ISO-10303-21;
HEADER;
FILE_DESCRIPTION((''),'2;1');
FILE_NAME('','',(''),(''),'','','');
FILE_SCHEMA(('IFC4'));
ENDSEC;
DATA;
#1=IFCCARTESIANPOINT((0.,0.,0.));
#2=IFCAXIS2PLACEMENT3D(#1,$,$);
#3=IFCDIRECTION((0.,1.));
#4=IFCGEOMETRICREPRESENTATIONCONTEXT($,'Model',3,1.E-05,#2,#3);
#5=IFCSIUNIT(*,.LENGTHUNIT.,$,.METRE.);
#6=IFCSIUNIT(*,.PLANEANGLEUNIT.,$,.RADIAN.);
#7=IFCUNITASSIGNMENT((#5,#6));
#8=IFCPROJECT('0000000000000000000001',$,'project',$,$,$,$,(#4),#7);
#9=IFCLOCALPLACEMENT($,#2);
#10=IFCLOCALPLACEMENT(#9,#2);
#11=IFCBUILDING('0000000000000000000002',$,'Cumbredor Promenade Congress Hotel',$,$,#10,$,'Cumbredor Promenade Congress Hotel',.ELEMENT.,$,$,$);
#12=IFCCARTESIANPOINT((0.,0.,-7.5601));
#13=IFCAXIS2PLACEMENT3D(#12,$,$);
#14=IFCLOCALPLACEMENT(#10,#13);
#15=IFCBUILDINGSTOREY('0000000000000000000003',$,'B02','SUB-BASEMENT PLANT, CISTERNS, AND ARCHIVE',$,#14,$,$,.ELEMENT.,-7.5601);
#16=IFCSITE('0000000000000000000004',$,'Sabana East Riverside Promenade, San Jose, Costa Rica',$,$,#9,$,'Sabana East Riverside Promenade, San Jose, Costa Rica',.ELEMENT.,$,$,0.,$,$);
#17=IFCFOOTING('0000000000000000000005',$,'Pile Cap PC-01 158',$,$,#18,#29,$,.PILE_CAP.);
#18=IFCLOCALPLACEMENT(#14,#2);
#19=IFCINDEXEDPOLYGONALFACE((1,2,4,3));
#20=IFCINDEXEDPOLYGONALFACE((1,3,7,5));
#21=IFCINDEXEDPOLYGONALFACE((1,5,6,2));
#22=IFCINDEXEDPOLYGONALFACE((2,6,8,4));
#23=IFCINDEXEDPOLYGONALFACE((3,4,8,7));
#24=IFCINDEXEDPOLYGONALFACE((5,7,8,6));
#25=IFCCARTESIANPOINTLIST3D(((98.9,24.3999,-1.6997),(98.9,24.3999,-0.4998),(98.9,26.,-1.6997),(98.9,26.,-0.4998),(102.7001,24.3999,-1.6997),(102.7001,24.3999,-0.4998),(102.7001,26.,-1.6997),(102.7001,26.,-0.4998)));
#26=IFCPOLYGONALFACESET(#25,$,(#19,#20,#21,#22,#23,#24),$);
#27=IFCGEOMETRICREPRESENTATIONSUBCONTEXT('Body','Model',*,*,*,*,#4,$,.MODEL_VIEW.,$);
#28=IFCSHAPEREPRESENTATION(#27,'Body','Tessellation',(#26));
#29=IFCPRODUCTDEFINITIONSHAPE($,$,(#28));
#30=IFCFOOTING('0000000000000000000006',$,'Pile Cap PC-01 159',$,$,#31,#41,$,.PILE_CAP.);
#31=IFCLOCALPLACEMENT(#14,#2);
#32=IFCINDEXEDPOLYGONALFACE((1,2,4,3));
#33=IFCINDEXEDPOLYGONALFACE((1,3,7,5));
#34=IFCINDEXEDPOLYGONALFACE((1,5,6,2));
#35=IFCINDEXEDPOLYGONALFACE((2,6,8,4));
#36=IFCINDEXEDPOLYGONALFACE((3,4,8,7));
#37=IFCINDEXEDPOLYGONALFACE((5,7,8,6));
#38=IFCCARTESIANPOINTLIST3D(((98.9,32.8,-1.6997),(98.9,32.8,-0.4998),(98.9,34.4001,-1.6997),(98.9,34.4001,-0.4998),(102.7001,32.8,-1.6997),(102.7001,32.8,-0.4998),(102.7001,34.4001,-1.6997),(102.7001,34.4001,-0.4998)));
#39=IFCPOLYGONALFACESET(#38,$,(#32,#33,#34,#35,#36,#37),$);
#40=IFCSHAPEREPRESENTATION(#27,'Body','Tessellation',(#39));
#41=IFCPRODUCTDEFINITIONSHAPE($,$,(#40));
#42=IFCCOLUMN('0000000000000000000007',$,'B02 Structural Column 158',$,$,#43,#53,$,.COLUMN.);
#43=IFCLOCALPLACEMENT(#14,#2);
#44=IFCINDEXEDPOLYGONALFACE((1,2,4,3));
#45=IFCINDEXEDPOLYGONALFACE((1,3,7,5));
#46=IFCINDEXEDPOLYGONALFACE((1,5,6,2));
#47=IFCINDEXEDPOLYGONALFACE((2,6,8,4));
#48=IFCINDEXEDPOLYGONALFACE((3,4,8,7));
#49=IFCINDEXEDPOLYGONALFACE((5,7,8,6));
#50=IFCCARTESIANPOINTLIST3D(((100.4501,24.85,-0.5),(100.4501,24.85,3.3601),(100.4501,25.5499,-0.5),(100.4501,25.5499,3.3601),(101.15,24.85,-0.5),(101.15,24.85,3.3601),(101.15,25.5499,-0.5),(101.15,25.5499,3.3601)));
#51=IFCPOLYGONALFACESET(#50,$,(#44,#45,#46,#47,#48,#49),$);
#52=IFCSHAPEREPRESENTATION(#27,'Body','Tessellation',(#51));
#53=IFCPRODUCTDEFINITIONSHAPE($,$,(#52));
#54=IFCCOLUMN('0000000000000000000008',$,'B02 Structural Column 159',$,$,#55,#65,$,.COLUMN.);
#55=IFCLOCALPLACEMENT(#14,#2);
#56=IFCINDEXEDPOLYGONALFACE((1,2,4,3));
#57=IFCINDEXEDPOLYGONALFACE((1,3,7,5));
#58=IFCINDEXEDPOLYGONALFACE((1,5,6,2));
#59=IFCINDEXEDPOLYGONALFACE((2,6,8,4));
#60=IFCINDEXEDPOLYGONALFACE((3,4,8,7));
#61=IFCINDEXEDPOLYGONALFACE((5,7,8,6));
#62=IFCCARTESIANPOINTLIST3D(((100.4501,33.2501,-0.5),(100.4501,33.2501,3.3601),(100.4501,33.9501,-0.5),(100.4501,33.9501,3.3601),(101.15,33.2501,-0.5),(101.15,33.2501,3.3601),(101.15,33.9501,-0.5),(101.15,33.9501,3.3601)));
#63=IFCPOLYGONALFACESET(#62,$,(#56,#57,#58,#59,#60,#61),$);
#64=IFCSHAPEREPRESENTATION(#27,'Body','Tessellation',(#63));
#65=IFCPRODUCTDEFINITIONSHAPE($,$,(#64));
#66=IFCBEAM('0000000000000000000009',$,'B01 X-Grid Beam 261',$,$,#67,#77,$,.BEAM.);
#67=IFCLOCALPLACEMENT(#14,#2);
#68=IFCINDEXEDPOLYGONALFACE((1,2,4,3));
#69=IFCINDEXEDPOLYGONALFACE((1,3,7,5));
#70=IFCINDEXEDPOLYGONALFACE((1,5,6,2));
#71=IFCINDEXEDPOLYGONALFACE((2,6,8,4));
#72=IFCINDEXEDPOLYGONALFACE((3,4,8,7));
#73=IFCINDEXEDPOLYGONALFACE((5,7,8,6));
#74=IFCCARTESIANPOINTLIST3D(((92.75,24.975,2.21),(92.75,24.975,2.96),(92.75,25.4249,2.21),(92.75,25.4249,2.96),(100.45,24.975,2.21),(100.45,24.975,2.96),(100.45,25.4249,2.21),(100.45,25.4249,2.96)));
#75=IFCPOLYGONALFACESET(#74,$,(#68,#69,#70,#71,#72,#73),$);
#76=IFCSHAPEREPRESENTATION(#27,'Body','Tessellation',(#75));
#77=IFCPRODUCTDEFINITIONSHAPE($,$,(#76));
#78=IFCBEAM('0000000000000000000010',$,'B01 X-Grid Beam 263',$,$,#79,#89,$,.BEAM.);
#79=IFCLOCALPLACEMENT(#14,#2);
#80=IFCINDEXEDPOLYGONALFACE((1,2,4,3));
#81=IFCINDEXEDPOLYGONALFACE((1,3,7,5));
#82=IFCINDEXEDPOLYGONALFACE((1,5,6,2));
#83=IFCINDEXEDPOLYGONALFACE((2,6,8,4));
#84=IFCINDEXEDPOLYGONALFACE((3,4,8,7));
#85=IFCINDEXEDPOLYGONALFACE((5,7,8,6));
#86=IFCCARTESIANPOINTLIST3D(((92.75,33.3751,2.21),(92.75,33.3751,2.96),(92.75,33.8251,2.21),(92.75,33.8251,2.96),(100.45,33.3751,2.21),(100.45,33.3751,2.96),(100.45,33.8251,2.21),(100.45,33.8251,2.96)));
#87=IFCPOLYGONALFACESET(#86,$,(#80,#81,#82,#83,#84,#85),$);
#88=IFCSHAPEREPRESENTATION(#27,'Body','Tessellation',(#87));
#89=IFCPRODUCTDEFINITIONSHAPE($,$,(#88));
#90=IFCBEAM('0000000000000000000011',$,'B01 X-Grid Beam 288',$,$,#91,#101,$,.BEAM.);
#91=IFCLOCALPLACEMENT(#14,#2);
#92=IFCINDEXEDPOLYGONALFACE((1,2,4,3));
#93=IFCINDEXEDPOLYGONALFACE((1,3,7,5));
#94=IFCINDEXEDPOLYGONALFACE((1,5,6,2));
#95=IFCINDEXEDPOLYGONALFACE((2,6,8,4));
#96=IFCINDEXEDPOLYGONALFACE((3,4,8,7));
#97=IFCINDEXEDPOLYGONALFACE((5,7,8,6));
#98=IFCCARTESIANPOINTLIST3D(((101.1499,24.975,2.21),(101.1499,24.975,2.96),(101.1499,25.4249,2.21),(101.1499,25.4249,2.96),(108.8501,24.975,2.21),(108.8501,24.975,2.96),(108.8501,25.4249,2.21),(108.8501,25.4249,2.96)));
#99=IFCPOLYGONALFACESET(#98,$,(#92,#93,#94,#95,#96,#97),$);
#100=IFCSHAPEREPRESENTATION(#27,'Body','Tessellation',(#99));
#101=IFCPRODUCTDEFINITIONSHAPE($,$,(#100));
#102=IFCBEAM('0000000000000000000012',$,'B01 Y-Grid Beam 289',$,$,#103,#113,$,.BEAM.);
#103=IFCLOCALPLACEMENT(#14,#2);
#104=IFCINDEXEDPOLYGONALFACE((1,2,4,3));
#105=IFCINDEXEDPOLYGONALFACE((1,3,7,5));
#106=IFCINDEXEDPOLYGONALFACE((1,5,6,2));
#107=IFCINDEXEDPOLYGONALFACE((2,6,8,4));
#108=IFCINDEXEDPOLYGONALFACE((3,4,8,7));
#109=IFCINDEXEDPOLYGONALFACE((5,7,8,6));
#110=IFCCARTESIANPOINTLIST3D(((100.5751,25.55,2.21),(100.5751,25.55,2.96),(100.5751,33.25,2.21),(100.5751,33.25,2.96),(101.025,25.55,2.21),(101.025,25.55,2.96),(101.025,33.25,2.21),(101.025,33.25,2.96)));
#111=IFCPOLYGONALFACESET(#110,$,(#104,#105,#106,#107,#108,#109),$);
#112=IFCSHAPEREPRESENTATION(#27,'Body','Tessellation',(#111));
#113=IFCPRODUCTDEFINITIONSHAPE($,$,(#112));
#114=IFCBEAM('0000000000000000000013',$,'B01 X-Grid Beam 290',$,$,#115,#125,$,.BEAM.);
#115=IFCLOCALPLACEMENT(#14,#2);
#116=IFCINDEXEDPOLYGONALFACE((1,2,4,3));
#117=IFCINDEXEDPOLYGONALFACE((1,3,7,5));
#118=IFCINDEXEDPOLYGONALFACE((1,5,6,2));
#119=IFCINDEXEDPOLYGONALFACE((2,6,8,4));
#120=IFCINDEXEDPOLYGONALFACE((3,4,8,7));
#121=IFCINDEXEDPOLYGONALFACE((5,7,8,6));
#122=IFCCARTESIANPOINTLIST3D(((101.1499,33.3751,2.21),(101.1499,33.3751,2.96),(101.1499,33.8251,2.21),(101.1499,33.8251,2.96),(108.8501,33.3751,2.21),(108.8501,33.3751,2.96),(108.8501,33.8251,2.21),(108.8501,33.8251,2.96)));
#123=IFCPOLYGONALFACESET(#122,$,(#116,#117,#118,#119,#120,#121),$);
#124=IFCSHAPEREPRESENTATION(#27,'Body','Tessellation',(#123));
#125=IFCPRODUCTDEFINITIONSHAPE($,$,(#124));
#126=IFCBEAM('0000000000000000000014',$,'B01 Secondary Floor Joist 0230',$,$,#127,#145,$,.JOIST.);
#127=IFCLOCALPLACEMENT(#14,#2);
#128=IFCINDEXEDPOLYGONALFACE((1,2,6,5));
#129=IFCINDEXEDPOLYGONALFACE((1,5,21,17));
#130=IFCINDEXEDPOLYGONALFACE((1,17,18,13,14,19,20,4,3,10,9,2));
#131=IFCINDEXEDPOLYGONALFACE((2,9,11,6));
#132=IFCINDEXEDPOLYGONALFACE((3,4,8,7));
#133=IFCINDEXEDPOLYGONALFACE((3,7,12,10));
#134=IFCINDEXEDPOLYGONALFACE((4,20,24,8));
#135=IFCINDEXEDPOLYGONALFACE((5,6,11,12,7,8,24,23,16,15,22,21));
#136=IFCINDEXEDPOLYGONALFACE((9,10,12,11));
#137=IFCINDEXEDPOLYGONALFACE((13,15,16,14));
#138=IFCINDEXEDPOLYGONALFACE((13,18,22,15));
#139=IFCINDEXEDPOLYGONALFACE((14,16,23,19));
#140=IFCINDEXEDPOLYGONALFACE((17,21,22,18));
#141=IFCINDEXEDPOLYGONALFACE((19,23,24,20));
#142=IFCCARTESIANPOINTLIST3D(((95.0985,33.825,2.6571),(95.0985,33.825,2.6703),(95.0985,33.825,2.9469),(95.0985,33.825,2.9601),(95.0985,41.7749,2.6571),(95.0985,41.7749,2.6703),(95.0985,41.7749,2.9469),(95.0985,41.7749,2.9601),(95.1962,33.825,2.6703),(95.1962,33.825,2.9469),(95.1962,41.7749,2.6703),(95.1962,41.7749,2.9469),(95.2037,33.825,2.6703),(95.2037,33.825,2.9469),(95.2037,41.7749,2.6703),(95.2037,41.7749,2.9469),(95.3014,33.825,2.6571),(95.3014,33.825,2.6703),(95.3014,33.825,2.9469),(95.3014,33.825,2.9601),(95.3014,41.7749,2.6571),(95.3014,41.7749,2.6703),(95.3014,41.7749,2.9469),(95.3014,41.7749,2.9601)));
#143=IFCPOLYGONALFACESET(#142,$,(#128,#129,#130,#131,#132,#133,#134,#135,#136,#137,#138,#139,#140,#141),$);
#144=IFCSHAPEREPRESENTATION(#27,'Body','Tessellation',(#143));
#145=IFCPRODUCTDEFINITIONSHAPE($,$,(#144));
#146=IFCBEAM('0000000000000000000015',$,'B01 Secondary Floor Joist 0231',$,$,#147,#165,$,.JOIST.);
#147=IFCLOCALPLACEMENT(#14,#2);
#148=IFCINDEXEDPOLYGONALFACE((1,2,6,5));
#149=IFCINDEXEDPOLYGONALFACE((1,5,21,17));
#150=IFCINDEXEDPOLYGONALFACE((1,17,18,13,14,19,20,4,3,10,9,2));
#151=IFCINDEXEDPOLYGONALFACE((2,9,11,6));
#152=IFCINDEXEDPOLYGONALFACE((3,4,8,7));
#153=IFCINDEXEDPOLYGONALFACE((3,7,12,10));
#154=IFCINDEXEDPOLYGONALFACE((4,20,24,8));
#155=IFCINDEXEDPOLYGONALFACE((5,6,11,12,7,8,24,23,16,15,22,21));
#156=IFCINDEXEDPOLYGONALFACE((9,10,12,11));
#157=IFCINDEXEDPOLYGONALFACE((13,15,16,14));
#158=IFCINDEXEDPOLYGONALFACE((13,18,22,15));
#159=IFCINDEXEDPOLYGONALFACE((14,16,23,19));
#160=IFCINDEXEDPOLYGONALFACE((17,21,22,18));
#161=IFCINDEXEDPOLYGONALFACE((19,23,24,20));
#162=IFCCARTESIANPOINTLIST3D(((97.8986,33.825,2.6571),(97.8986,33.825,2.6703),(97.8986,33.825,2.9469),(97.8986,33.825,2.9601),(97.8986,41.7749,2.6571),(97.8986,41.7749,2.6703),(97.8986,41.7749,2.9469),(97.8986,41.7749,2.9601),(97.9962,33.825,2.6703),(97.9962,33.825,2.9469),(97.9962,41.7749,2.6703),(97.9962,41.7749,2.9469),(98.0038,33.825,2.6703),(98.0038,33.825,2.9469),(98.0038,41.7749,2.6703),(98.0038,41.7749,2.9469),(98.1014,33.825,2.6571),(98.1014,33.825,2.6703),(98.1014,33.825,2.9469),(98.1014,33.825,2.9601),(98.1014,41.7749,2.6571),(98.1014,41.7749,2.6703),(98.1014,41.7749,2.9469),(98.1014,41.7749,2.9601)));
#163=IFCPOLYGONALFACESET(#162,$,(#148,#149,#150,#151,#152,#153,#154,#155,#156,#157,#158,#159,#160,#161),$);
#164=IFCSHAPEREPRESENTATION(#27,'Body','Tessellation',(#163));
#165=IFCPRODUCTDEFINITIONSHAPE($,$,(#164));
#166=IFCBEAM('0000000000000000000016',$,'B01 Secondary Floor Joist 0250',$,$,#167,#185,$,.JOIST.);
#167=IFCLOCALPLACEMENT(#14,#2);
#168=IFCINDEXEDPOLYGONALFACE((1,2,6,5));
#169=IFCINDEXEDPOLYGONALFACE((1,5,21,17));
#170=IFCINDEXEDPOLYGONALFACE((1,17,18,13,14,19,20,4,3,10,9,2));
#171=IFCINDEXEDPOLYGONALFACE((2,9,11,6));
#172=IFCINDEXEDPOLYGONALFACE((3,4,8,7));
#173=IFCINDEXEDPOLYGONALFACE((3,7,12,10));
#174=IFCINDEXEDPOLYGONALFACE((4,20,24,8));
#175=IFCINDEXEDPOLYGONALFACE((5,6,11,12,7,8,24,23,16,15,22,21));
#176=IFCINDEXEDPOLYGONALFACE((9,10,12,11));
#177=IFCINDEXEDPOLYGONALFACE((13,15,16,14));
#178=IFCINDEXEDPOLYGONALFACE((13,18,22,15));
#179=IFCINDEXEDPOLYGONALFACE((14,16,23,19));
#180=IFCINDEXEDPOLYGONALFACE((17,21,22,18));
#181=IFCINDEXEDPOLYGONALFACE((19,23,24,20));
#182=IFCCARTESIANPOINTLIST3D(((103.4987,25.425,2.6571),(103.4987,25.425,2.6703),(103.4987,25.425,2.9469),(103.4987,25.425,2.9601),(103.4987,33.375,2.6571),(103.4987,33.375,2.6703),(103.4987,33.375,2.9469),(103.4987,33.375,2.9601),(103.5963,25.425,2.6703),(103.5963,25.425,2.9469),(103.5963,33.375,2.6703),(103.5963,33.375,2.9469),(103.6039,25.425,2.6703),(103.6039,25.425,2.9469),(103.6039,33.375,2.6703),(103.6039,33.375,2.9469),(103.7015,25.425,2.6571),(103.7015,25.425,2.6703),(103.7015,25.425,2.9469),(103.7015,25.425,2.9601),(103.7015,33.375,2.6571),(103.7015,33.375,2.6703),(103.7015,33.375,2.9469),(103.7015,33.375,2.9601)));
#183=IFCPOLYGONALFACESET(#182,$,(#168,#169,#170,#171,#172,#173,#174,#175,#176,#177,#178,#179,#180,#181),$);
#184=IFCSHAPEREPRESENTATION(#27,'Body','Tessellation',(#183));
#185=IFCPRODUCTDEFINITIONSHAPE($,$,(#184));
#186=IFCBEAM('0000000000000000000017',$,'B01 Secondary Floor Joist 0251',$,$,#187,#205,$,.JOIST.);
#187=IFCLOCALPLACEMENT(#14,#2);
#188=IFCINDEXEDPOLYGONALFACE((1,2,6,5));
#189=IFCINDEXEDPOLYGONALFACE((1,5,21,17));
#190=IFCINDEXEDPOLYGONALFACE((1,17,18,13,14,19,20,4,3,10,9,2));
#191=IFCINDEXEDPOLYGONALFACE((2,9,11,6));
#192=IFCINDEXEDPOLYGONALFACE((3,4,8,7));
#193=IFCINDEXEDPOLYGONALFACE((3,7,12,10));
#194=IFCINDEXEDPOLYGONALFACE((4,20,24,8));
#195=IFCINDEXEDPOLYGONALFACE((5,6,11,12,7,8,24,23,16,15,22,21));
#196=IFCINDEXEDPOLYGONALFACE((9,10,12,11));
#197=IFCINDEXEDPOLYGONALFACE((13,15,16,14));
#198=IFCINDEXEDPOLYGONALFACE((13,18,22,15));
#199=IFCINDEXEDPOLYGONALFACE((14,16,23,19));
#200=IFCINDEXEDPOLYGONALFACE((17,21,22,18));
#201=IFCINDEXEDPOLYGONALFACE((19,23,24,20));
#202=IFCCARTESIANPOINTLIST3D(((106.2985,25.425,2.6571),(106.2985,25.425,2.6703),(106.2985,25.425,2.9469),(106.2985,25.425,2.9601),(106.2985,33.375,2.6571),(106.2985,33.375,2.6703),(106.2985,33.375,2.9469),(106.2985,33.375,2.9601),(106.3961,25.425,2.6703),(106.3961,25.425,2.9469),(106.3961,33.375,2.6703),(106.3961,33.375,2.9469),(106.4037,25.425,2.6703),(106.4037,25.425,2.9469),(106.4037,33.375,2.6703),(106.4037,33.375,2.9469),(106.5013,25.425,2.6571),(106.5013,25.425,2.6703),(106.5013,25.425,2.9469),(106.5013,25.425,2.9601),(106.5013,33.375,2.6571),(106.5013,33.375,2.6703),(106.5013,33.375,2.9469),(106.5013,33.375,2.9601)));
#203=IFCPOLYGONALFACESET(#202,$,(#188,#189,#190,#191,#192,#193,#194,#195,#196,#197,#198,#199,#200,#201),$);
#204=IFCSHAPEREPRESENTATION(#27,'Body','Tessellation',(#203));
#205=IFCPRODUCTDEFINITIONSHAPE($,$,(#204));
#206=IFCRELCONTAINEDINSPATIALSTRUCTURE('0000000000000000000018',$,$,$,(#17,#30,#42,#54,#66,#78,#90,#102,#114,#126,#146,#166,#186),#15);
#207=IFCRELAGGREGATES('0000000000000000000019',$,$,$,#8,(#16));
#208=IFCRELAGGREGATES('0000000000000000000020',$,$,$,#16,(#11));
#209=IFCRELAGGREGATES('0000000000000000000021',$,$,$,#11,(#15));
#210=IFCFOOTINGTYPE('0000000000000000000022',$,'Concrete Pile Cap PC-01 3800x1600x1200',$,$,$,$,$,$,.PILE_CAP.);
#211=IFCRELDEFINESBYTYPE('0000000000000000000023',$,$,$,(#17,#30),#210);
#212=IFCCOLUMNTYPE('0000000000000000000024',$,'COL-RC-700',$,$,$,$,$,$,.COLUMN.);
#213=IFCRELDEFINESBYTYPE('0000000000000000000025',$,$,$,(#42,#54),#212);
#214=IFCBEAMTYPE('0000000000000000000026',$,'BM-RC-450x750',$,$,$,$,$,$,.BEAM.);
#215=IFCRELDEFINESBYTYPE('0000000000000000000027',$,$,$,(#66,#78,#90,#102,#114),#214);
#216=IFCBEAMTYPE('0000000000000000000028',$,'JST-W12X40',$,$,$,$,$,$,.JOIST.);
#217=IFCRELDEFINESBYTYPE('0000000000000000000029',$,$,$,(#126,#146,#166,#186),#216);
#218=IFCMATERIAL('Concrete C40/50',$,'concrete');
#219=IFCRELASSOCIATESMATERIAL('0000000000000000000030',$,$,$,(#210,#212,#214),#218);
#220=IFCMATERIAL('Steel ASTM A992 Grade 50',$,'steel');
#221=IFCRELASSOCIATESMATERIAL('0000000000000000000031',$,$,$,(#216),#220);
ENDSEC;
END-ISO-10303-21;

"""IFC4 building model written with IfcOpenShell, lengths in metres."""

from ifc_helpers import new_model, si_unit, direction, frame, origin, origin_2d, place, context, subcontext, project, spatial, rectangle, i_section, extrude, material, material_profile, profile_set, type_object, element, save


model = new_model("IFC4")

# Units and contexts
model_context = context("Model", 3, precision=1e-05, world=origin(), true_north=direction((0.0, 1.0)))
body_context = subcontext(model_context, "Body", "Model", "MODEL_VIEW")
ifc_project = project(units=[si_unit("LENGTHUNIT", "METRE"), si_unit("PLANEANGLEUNIT", "RADIAN")], contexts=[model_context])

# Site, building, storey
site_placement = place(None, origin())
site = spatial("IfcSite", under=ifc_project, at=site_placement, Name="Sabana East Riverside Promenade, San Jose, Costa Rica", LongName="Sabana East Riverside Promenade, San Jose, Costa Rica", CompositionType="ELEMENT", RefElevation=0.0)
building_placement = place(site_placement, origin())
building = spatial("IfcBuilding", under=site, at=building_placement, Name="Cumbredor Promenade Congress Hotel", LongName="Cumbredor Promenade Congress Hotel", CompositionType="ELEMENT")
storey_placement = place(building_placement, frame((0.0, 0.0, -7.5601)))
storey = spatial("IfcBuildingStorey", under=building, at=storey_placement, Name="B02", Description="SUB-BASEMENT PLANT, CISTERNS, AND ARCHIVE", CompositionType="ELEMENT", Elevation=-7.5601)

# Shared definitions
ifc_material_1 = material(Name="Concrete C40/50", Category="concrete")

# Footings
footing_type_1 = type_object("IfcFootingType", Name="Concrete Pile Cap PC-01 3800x1600x1200", PredefinedType="PILE_CAP", material=ifc_material_1)
for number, where, z_axis, x_axis, name in (
    (1, (100.8, 25.2, -1.6997), (0.0, 0.0, 1.0), (1.0, 0.0, 0.0), "Pile Cap PC-01 158"),
    (2, (100.8, 33.6001, -1.6997), (0.0, 0.0, 1.0), (1.0, 0.0, 0.0), "Pile Cap PC-01 159"),
):
    element("IfcFooting", number, at=place(storey_placement, frame(where, z_axis=z_axis, x_axis=x_axis)), inside=storey, type_object=footing_type_1, Name=name, PredefinedType="PILE_CAP", context=body_context, shape_type="SweptSolid", body=[
        extrude(rectangle(XDim=3.8, YDim=1.6001, at=origin_2d()), origin(), (0.0, 0.0, 1.0), 1.2),
    ])

# Columns
ifc_material_profile_1 = material_profile(ifc_material_1, rectangle(XDim=0.7, YDim=0.7, at=origin_2d()), Name="RC 700x700")
ifc_profile_set_1 = profile_set([ifc_material_profile_1], Name="Concrete C40/50")
column_type = type_object("IfcColumnType", Name="COL-RC-700", PredefinedType="COLUMN", material=ifc_profile_set_1)
for number, where, z_axis, x_axis, name in (
    (3, (100.8, 25.2, -0.5), (0.0, 0.0, 1.0), (1.0, 0.0, 0.0), "B02 Structural Column 158"),
    (4, (100.8, 33.6001, -0.5), (0.0, 0.0, 1.0), (1.0, 0.0, 0.0), "B02 Structural Column 159"),
):
    element("IfcColumn", number, at=place(storey_placement, frame(where, z_axis=z_axis, x_axis=x_axis)), inside=storey, type_object=column_type, Name=name, PredefinedType="COLUMN", context=body_context, shape_type="SweptSolid", body=[
        extrude(rectangle(XDim=0.7, YDim=0.7, at=origin_2d()), origin(), (0.0, 0.0, 1.0), 3.8601),
    ])

# Beams
ifc_material_profile_2 = material_profile(ifc_material_1, rectangle(XDim=0.45, YDim=0.75, at=origin_2d()), Name="RC BEAM 450x750")
ifc_profile_set_2 = profile_set([ifc_material_profile_2], Name="Concrete C40/50")
beam_type_1 = type_object("IfcBeamType", Name="BM-RC-450x750", PredefinedType="BEAM", material=ifc_profile_set_2)
for number, where, z_axis, x_axis, name in (
    (5, (92.75, 25.2, 2.585), (1.0, 0.0, 0.0), (0.0, 1.0, 0.0), "B01 X-Grid Beam 261"),
    (6, (92.75, 33.6001, 2.585), (1.0, 0.0, 0.0), (0.0, 1.0, 0.0), "B01 X-Grid Beam 263"),
):
    element("IfcBeam", number, at=place(storey_placement, frame(where, z_axis=z_axis, x_axis=x_axis)), inside=storey, type_object=beam_type_1, Name=name, PredefinedType="BEAM", context=body_context, shape_type="SweptSolid", body=[
        extrude(rectangle(XDim=0.45, YDim=0.75, at=origin_2d()), origin(), (0.0, 0.0, 1.0), 7.7),
    ])
beam_1_placement = place(storey_placement, frame((101.1499, 25.2, 2.585), z_axis=(1.0, 0.0, 0.0), x_axis=(0.0, 1.0, 0.0)))
element("IfcBeam", 7, at=beam_1_placement, inside=storey, type_object=beam_type_1, Name="B01 X-Grid Beam 288", PredefinedType="BEAM", context=body_context, shape_type="SweptSolid", body=[
    extrude(rectangle(XDim=0.45, YDim=0.75, at=origin_2d()), origin(), (0.0, 0.0, 1.0), 7.7002),
])
beam_2_placement = place(storey_placement, frame((100.8, 25.55, 2.585), z_axis=(0.0, 1.0, 0.0), x_axis=(-1.0, 0.0, 0.0)))
element("IfcBeam", 8, at=beam_2_placement, inside=storey, type_object=beam_type_1, Name="B01 Y-Grid Beam 289", PredefinedType="BEAM", context=body_context, shape_type="SweptSolid", body=[
    extrude(rectangle(XDim=0.45, YDim=0.75, at=origin_2d()), origin(), (0.0, 0.0, 1.0), 7.7),
])
beam_3_placement = place(storey_placement, frame((101.1499, 33.6001, 2.585), z_axis=(1.0, 0.0, 0.0), x_axis=(0.0, 1.0, 0.0)))
element("IfcBeam", 9, at=beam_3_placement, inside=storey, type_object=beam_type_1, Name="B01 X-Grid Beam 290", PredefinedType="BEAM", context=body_context, shape_type="SweptSolid", body=[
    extrude(rectangle(XDim=0.45, YDim=0.75, at=origin_2d()), origin(), (0.0, 0.0, 1.0), 7.7002),
])
ifc_material_2 = material(Name="Steel ASTM A992 Grade 50", Category="steel")
ifc_material_profile_3 = material_profile(ifc_material_2, i_section(OverallWidth=0.2029, OverallDepth=0.303, WebThickness=0.0076, FlangeThickness=0.0132, at=origin_2d()), Name="W12X40")
ifc_profile_set_3 = profile_set([ifc_material_profile_3], Name="Steel ASTM A992 Grade 50")
beam_type_2 = type_object("IfcBeamType", Name="JST-W12X40", PredefinedType="JOIST", material=ifc_profile_set_3)
for number, where, z_axis, x_axis, name in (
    (10, (95.2, 33.825, 2.8086), (0.0, 1.0, 0.0), (-1.0, 0.0, 0.0), "B01 Secondary Floor Joist 0230"),
    (11, (98.0, 33.825, 2.8086), (0.0, 1.0, 0.0), (-1.0, 0.0, 0.0), "B01 Secondary Floor Joist 0231"),
    (12, (103.6001, 25.425, 2.8086), (0.0, 1.0, 0.0), (-1.0, 0.0, 0.0), "B01 Secondary Floor Joist 0250"),
    (13, (106.3999, 25.425, 2.8086), (0.0, 1.0, 0.0), (-1.0, 0.0, 0.0), "B01 Secondary Floor Joist 0251"),
):
    element("IfcBeam", number, at=place(storey_placement, frame(where, z_axis=z_axis, x_axis=x_axis)), inside=storey, type_object=beam_type_2, Name=name, PredefinedType="JOIST", context=body_context, shape_type="SweptSolid", body=[
        extrude(i_section(OverallWidth=0.2029, OverallDepth=0.303, WebThickness=0.0076, FlangeThickness=0.0132, at=origin_2d()), origin(), (0.0, 0.0, 1.0), 7.95),
    ])

save(model, "model.ifc")
